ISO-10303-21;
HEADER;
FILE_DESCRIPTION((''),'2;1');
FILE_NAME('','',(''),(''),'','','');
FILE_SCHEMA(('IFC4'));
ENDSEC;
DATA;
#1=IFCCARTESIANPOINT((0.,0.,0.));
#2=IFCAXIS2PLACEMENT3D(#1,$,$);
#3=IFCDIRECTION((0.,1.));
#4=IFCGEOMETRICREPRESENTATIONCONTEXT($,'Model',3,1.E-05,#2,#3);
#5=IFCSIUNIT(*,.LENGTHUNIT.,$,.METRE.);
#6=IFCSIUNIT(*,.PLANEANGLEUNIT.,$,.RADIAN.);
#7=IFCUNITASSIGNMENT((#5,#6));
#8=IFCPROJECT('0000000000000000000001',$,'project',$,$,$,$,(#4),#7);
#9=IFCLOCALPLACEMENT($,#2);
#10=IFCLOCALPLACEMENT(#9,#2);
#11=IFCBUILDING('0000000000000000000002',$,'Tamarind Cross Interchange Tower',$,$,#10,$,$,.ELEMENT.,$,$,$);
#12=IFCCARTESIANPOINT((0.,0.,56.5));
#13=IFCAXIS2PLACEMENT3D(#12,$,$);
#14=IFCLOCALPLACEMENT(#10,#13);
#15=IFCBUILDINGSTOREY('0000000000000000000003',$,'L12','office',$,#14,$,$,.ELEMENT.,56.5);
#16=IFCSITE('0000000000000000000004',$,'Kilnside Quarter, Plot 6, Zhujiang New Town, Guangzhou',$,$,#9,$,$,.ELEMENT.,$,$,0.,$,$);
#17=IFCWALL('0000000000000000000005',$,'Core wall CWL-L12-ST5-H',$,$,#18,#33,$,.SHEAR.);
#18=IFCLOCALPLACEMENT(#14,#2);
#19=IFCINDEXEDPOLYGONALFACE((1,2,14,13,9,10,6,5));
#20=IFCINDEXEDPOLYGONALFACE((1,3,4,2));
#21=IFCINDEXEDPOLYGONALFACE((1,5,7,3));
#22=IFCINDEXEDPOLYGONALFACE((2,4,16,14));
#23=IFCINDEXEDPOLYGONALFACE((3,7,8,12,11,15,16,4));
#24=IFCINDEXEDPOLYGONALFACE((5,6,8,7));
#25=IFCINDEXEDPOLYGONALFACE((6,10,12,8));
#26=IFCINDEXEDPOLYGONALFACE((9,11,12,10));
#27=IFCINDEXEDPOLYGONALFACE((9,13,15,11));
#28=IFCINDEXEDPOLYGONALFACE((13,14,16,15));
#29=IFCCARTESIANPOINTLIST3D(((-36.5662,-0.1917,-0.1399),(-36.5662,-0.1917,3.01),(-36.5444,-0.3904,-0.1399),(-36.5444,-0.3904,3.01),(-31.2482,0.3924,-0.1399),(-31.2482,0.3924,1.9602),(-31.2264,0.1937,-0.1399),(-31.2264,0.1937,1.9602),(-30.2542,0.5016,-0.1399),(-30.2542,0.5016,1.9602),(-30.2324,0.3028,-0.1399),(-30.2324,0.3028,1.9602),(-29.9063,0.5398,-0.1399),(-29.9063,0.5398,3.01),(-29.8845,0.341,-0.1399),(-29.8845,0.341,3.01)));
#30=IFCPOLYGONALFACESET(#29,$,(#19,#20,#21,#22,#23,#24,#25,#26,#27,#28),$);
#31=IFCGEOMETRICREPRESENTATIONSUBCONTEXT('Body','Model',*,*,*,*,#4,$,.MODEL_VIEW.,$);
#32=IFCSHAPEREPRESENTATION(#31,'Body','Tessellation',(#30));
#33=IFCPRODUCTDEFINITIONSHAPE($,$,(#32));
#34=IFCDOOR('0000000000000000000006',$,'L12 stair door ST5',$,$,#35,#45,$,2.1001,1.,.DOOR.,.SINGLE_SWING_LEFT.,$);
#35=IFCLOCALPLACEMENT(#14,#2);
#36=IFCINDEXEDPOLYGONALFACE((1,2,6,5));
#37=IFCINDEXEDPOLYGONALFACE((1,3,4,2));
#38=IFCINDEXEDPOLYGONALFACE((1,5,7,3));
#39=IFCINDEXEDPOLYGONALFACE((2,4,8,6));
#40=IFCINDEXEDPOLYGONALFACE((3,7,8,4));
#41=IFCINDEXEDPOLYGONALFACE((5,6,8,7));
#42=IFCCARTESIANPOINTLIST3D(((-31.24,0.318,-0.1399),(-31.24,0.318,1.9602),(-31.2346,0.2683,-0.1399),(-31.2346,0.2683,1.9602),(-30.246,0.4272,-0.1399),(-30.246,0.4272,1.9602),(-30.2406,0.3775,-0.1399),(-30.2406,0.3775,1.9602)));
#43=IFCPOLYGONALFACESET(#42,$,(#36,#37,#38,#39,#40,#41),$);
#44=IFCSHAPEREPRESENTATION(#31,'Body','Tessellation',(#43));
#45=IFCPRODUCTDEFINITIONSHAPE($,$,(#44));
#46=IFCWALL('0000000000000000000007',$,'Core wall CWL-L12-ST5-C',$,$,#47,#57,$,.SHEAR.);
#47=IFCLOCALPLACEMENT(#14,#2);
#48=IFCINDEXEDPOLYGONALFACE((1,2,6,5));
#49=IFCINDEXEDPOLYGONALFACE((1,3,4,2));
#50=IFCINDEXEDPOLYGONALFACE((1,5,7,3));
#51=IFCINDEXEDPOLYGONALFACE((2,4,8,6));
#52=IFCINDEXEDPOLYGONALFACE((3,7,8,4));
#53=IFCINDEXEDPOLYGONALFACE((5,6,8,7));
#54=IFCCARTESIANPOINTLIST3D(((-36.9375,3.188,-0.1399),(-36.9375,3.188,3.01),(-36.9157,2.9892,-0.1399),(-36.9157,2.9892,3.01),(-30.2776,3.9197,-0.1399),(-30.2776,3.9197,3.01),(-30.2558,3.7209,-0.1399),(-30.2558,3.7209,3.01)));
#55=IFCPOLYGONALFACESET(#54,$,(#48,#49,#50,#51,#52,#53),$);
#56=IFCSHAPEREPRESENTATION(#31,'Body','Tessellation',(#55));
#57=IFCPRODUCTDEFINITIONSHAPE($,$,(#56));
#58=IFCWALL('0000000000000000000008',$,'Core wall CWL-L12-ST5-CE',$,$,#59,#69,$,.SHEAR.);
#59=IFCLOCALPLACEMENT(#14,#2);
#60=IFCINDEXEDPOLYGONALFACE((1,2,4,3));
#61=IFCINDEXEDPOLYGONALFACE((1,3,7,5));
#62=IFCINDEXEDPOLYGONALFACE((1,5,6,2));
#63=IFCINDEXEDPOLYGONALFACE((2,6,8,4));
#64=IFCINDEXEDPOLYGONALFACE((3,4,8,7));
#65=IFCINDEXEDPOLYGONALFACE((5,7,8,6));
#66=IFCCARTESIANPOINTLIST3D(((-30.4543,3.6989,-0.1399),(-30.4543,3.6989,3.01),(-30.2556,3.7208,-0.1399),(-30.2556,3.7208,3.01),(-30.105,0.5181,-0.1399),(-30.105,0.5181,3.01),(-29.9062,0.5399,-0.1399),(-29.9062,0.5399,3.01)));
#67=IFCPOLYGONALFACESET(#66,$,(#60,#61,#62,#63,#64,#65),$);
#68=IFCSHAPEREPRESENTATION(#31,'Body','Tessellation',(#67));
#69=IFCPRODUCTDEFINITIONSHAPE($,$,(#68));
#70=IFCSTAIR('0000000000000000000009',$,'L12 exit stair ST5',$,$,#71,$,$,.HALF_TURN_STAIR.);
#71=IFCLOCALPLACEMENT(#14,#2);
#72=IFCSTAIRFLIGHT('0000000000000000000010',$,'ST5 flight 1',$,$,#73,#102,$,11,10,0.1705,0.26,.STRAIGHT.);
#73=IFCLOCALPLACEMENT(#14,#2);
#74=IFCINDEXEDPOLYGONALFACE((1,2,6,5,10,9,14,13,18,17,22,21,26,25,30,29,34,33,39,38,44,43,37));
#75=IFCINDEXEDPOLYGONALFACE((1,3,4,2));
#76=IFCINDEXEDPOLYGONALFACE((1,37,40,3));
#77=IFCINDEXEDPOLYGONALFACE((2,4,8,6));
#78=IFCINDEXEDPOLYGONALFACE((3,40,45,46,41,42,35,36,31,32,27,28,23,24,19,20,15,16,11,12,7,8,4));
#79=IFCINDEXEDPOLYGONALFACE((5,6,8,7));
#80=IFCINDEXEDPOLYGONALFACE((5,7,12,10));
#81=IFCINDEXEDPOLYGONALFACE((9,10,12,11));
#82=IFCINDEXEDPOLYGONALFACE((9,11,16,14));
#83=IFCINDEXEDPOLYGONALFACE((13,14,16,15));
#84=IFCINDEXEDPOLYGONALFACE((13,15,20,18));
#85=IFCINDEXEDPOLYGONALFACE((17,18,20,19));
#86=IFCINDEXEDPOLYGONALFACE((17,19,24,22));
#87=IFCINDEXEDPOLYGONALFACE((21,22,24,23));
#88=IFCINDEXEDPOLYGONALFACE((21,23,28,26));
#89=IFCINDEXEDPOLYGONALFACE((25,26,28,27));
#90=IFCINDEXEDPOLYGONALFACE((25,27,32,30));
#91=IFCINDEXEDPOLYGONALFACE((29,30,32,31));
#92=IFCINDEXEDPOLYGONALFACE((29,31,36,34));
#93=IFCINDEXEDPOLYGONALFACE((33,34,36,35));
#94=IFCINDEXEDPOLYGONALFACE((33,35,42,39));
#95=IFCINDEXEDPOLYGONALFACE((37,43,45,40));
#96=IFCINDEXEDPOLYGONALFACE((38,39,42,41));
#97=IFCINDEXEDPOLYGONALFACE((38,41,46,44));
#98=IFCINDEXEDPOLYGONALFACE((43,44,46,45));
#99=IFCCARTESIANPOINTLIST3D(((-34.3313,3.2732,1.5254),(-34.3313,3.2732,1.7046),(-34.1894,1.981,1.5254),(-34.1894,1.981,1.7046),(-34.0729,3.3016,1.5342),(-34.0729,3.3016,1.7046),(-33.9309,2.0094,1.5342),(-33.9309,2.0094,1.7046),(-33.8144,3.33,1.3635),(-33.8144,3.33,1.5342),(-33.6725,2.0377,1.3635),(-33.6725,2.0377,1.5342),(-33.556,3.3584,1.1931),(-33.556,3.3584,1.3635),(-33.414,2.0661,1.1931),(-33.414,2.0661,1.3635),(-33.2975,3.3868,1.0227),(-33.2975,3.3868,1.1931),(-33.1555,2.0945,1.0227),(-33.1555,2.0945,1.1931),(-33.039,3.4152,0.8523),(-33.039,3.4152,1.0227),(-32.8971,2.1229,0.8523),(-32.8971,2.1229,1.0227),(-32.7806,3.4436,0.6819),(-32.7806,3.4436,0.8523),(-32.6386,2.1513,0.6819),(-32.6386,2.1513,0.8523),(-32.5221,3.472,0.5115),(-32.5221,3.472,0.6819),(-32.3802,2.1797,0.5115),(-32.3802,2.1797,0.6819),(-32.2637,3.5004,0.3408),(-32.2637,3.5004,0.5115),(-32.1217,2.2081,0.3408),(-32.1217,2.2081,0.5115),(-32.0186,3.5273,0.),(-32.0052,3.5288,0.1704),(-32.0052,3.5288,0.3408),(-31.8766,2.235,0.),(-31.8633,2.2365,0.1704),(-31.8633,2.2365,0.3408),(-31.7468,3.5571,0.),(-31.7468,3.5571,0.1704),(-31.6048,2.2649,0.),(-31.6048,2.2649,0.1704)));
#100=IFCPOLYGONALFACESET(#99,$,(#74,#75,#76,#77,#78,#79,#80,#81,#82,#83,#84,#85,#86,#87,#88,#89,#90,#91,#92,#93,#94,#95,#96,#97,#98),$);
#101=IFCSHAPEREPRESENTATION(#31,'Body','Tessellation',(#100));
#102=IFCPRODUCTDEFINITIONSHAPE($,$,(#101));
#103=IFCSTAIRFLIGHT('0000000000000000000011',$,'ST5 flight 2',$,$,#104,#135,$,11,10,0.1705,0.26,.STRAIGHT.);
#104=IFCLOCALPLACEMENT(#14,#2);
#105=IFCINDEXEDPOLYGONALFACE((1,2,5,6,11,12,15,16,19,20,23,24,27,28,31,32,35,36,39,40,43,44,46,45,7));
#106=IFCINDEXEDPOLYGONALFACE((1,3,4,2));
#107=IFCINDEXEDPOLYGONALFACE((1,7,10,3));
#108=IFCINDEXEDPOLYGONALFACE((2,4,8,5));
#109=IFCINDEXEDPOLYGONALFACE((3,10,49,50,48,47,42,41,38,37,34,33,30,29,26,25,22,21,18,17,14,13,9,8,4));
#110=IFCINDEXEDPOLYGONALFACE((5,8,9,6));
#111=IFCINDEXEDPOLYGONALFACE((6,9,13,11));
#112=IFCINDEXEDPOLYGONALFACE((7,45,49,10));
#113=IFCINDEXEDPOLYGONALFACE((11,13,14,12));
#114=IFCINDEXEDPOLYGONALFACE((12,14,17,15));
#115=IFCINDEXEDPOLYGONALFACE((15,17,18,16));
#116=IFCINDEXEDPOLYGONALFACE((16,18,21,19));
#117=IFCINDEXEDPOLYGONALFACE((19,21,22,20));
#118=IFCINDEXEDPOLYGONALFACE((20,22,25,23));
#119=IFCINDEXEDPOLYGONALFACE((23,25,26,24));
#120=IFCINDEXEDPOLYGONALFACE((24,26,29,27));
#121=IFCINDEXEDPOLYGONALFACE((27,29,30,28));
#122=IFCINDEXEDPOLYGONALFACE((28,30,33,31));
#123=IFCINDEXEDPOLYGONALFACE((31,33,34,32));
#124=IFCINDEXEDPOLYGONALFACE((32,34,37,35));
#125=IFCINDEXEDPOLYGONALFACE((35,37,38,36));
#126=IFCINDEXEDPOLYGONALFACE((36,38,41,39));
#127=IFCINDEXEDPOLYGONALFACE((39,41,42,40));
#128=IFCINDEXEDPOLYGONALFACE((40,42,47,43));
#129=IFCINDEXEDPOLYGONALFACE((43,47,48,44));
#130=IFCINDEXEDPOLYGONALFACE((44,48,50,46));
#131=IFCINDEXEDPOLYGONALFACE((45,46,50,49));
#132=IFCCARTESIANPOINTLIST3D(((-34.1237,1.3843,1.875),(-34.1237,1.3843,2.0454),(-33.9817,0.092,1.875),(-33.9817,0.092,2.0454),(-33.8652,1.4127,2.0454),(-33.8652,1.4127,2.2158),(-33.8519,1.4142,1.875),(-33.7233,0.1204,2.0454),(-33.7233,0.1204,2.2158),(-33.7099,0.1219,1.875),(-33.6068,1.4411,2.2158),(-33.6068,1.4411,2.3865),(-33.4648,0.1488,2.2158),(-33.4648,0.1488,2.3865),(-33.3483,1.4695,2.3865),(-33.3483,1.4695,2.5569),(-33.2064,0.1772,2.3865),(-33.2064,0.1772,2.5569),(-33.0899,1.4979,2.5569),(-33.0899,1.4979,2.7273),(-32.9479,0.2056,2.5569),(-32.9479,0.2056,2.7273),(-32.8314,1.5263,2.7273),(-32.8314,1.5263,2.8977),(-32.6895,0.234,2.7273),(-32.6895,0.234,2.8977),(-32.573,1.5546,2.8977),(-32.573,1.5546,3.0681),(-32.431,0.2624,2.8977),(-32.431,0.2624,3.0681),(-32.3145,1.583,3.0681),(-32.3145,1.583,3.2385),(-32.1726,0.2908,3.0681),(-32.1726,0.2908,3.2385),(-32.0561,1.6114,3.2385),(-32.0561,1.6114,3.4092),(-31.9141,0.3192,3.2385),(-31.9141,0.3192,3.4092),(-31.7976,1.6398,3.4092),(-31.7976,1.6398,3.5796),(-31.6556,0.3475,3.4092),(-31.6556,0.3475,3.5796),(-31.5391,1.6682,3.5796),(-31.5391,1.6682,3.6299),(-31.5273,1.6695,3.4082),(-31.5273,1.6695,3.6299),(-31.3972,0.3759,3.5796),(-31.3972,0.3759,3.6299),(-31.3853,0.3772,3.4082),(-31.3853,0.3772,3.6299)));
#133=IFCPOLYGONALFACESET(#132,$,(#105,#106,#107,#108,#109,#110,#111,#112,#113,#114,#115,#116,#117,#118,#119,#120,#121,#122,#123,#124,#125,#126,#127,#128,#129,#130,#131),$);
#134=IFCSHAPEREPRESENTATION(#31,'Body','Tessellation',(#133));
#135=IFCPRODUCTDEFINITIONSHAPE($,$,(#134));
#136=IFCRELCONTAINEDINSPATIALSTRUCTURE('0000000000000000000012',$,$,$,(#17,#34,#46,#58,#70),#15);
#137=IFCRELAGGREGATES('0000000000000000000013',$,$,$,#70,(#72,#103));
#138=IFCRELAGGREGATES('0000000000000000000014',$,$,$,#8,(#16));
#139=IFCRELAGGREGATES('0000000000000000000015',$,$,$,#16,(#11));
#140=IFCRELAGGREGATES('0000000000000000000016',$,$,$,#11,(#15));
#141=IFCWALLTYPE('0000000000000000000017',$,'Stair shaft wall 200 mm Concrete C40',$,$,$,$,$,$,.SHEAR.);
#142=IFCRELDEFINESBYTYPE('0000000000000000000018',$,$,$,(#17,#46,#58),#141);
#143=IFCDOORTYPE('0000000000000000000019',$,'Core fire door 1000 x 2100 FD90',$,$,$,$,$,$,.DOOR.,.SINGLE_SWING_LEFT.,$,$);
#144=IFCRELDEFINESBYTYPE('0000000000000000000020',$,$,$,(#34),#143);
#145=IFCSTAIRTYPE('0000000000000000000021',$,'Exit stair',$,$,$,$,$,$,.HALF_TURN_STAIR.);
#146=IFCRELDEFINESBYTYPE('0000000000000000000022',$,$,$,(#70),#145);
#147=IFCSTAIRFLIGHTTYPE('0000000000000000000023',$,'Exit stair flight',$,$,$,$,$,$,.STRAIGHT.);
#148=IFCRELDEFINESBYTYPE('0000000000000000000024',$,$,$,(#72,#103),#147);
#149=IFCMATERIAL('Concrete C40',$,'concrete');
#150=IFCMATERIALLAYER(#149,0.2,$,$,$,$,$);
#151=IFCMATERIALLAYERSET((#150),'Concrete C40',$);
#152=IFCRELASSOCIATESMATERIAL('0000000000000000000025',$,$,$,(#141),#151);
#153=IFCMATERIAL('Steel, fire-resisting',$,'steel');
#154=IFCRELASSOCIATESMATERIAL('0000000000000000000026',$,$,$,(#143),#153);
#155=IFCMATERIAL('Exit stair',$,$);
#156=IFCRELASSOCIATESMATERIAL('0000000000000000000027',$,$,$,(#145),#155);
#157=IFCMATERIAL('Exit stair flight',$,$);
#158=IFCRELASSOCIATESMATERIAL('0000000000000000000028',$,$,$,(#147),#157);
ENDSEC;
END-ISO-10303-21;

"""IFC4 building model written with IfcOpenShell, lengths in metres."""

from ifc_helpers import new_model, si_unit, direction, frame, frame_2d, origin, place, context, subcontext, project, spatial, polyline, rectangle, outline, extrude, material, layer, layer_set, type_object, element, fill, aggregate, save


model = new_model("IFC4")

# Units and contexts
model_context = context("Model", 3, precision=1e-05, world=origin(), true_north=direction((0.0, 1.0)))
body_context = subcontext(model_context, "Body", "Model", "MODEL_VIEW")
ifc_project = project(units=[si_unit("LENGTHUNIT", "METRE"), si_unit("PLANEANGLEUNIT", "RADIAN")], contexts=[model_context])

# Site, building, storey
site_placement = place(None, origin())
site = spatial("IfcSite", under=ifc_project, at=site_placement, Name="Kilnside Quarter, Plot 6, Zhujiang New Town, Guangzhou", CompositionType="ELEMENT", RefElevation=0.0)
building_placement = place(site_placement, origin())
building = spatial("IfcBuilding", under=site, at=building_placement, Name="Tamarind Cross Interchange Tower", CompositionType="ELEMENT")
storey_placement = place(building_placement, frame((0.0, 0.0, 56.5)))
storey = spatial("IfcBuildingStorey", under=building, at=storey_placement, Name="L12", Description="office", CompositionType="ELEMENT", Elevation=56.5)

# Wall, opening, door
ifc_material_1 = material(Name="Concrete C40", Category="concrete")
ifc_layer_1 = layer(ifc_material_1, 0.2)
ifc_layer_set_1 = layer_set([ifc_layer_1], Name="Concrete C40")
wall_type_1 = type_object("IfcWallType", Name="Stair shaft wall 200 mm Concrete C40", PredefinedType="SHEAR", material=ifc_layer_set_1)
wall_1_placement = place(storey_placement, frame((-29.8953, 0.4404, -0.1399), z_axis=(0.0, 0.0, 1.0), x_axis=(-0.994023, -0.109172, 0.0)))
wall_1 = element("IfcWall", 1, at=wall_1_placement, inside=storey, type_object=wall_type_1, Name="Core wall CWL-L12-ST5-H", PredefinedType="SHEAR", context=body_context, shape_type="SweptSolid", body=[
    extrude(rectangle(XDim=6.7, YDim=0.2, at=frame_2d((3.3501, 0.0))), origin(), (0.0, 0.0, 1.0), 3.1499),
])
opening_1_placement = place(wall_1_placement, frame((0.3501, 0.0, 0.0)))
opening_1 = element("IfcOpeningElement", 2, at=opening_1_placement, cuts=wall_1, PredefinedType="OPENING", context=body_context, shape_type="SweptSolid", body=[
    extrude(rectangle(XDim=1.0, YDim=2.1001, at=frame_2d((0.5, 1.05))), frame((0.0, 0.1099, 0.0), z_axis=(0.0, -1.0, 0.0), x_axis=(1.0, 0.0, 0.0)), (0.0, 0.0, 1.0), 0.22),
])
ifc_material_2 = material(Name="Steel, fire-resisting", Category="steel")
door_type_1 = type_object("IfcDoorType", Name="Core fire door 1000 x 2100 FD90", OperationType="SINGLE_SWING_LEFT", PredefinedType="DOOR", material=ifc_material_2)
door_1_placement = place(opening_1_placement, origin())
door_1 = element("IfcDoor", 3, at=door_1_placement, inside=storey, type_object=door_type_1, Name="L12 stair door ST5", OperationType="SINGLE_SWING_LEFT", OverallHeight=2.1001, OverallWidth=1.0, PredefinedType="DOOR", context=body_context, shape_type="SweptSolid", body=[
    extrude(rectangle(XDim=1.0, YDim=2.1001, at=frame_2d((0.5, 1.05))), frame((0.0, 0.0249, 0.0), z_axis=(0.0, -1.0, 0.0), x_axis=(1.0, 0.0, 0.0)), (0.0, 0.0, 1.0), 0.05),
])
fill(opening_1, door_1)

# Walls
wall_2_placement = place(storey_placement, frame((-30.2666, 3.8203, -0.1399), z_axis=(0.0, 0.0, 1.0), x_axis=(-0.994019, -0.109208, 0.0)))
element("IfcWall", 4, at=wall_2_placement, inside=storey, type_object=wall_type_1, Name="Core wall CWL-L12-ST5-C", PredefinedType="SHEAR", context=body_context, shape_type="SweptSolid", body=[
    extrude(rectangle(XDim=6.7, YDim=0.2, at=frame_2d((3.3501, 0.0))), origin(), (0.0, 0.0, 1.0), 3.1499),
])
wall_3_placement = place(storey_placement, frame((-30.355, 3.71, -0.1399), z_axis=(0.0, 0.0, 1.0), x_axis=(0.109175, -0.994023, 0.0)))
element("IfcWall", 5, at=wall_3_placement, inside=storey, type_object=wall_type_1, Name="Core wall CWL-L12-ST5-CE", PredefinedType="SHEAR", context=body_context, shape_type="SweptSolid", body=[
    extrude(rectangle(XDim=3.2, YDim=0.2, at=frame_2d((1.6001, 0.0))), origin(), (0.0, 0.0, 1.0), 3.1499),
])

# Stair, stair flights
ifc_material_3 = material(Name="Exit stair")
stair_type = type_object("IfcStairType", Name="Exit stair", PredefinedType="HALF_TURN_STAIR", material=ifc_material_3)
stair_placement = place(storey_placement, origin())
stair = element("IfcStair", 6, at=stair_placement, inside=storey, type_object=stair_type, Name="L12 exit stair ST5", PredefinedType="HALF_TURN_STAIR")
ifc_material_4 = material(Name="Exit stair flight")
stair_flight_type = type_object("IfcStairFlightType", Name="Exit stair flight", PredefinedType="STRAIGHT", material=ifc_material_4)
stair_flight_1_placement = place(storey_placement, frame((-31.6758, 2.9109, 0.0), z_axis=(0.0, 0.0, 1.0), x_axis=(-0.994021, -0.109193, 0.0)))
stair_flight_1 = element("IfcStairFlight", 7, at=stair_flight_1_placement, type_object=stair_flight_type, Name="ST5 flight 1", NumberOfRisers=11, NumberOfTreads=10, PredefinedType="STRAIGHT", RiserHeight=0.1705, TreadLength=0.26, context=body_context, shape_type="SweptSolid", body=[
    extrude(outline(polyline([(0.0, 0.0), (0.0, 0.1704), (0.26, 0.1704), (0.26, 0.3408), (0.52, 0.3408), (0.52, 0.5115), (0.78, 0.5115), (0.78, 0.6819), (1.04, 0.6819), (1.04, 0.8523), (1.3, 0.8523), (1.3, 1.0227), (1.5601, 1.0227), (1.5601, 1.1931), (1.8201, 1.1931), (1.8201, 1.3635), (2.0801, 1.3635), (2.0801, 1.5342), (2.3401, 1.5342), (2.3401, 1.7046), (2.6001, 1.7046), (2.6001, 1.875), (2.6001, 1.5254), (0.2734, 0.0), (0.0, 0.0)])), frame((0.0, 0.6499, 0.0), z_axis=(0.0, -1.0, 0.0), x_axis=(1.0, 0.0, 0.0)), (0.0, 0.0, 1.0), 1.3),
])
stair_flight_2_placement = place(storey_placement, frame((-34.0527, 0.7383, 1.875), z_axis=(0.0, 0.0, 1.0), x_axis=(0.994021, 0.109193, 0.0)))
stair_flight_2 = element("IfcStairFlight", 8, at=stair_flight_2_placement, type_object=stair_flight_type, Name="ST5 flight 2", NumberOfRisers=11, NumberOfTreads=10, PredefinedType="STRAIGHT", RiserHeight=0.1705, TreadLength=0.26, context=body_context, shape_type="SweptSolid", body=[
    extrude(outline(polyline([(0.0, 0.0), (0.0, 0.1704), (0.26, 0.1704), (0.26, 0.3408), (0.52, 0.3408), (0.52, 0.5115), (0.78, 0.5115), (0.78, 0.6819), (1.04, 0.6819), (1.04, 0.8523), (1.3, 0.8523), (1.3, 1.0227), (1.5601, 1.0227), (1.5601, 1.1931), (1.8201, 1.1931), (1.8201, 1.3635), (2.0801, 1.3635), (2.0801, 1.5342), (2.3401, 1.5342), (2.3401, 1.7046), (2.6001, 1.7046), (2.6001, 1.7549), (2.6121, 1.7549), (2.6121, 1.5332), (0.2734, 0.0), (0.0, 0.0)])), frame((0.0, 0.6499, 0.0), z_axis=(0.0, -1.0, 0.0), x_axis=(1.0, 0.0, 0.0)), (0.0, 0.0, 1.0), 1.3),
])
aggregate(stair, [stair_flight_1, stair_flight_2])

save(model, "model.ifc")
